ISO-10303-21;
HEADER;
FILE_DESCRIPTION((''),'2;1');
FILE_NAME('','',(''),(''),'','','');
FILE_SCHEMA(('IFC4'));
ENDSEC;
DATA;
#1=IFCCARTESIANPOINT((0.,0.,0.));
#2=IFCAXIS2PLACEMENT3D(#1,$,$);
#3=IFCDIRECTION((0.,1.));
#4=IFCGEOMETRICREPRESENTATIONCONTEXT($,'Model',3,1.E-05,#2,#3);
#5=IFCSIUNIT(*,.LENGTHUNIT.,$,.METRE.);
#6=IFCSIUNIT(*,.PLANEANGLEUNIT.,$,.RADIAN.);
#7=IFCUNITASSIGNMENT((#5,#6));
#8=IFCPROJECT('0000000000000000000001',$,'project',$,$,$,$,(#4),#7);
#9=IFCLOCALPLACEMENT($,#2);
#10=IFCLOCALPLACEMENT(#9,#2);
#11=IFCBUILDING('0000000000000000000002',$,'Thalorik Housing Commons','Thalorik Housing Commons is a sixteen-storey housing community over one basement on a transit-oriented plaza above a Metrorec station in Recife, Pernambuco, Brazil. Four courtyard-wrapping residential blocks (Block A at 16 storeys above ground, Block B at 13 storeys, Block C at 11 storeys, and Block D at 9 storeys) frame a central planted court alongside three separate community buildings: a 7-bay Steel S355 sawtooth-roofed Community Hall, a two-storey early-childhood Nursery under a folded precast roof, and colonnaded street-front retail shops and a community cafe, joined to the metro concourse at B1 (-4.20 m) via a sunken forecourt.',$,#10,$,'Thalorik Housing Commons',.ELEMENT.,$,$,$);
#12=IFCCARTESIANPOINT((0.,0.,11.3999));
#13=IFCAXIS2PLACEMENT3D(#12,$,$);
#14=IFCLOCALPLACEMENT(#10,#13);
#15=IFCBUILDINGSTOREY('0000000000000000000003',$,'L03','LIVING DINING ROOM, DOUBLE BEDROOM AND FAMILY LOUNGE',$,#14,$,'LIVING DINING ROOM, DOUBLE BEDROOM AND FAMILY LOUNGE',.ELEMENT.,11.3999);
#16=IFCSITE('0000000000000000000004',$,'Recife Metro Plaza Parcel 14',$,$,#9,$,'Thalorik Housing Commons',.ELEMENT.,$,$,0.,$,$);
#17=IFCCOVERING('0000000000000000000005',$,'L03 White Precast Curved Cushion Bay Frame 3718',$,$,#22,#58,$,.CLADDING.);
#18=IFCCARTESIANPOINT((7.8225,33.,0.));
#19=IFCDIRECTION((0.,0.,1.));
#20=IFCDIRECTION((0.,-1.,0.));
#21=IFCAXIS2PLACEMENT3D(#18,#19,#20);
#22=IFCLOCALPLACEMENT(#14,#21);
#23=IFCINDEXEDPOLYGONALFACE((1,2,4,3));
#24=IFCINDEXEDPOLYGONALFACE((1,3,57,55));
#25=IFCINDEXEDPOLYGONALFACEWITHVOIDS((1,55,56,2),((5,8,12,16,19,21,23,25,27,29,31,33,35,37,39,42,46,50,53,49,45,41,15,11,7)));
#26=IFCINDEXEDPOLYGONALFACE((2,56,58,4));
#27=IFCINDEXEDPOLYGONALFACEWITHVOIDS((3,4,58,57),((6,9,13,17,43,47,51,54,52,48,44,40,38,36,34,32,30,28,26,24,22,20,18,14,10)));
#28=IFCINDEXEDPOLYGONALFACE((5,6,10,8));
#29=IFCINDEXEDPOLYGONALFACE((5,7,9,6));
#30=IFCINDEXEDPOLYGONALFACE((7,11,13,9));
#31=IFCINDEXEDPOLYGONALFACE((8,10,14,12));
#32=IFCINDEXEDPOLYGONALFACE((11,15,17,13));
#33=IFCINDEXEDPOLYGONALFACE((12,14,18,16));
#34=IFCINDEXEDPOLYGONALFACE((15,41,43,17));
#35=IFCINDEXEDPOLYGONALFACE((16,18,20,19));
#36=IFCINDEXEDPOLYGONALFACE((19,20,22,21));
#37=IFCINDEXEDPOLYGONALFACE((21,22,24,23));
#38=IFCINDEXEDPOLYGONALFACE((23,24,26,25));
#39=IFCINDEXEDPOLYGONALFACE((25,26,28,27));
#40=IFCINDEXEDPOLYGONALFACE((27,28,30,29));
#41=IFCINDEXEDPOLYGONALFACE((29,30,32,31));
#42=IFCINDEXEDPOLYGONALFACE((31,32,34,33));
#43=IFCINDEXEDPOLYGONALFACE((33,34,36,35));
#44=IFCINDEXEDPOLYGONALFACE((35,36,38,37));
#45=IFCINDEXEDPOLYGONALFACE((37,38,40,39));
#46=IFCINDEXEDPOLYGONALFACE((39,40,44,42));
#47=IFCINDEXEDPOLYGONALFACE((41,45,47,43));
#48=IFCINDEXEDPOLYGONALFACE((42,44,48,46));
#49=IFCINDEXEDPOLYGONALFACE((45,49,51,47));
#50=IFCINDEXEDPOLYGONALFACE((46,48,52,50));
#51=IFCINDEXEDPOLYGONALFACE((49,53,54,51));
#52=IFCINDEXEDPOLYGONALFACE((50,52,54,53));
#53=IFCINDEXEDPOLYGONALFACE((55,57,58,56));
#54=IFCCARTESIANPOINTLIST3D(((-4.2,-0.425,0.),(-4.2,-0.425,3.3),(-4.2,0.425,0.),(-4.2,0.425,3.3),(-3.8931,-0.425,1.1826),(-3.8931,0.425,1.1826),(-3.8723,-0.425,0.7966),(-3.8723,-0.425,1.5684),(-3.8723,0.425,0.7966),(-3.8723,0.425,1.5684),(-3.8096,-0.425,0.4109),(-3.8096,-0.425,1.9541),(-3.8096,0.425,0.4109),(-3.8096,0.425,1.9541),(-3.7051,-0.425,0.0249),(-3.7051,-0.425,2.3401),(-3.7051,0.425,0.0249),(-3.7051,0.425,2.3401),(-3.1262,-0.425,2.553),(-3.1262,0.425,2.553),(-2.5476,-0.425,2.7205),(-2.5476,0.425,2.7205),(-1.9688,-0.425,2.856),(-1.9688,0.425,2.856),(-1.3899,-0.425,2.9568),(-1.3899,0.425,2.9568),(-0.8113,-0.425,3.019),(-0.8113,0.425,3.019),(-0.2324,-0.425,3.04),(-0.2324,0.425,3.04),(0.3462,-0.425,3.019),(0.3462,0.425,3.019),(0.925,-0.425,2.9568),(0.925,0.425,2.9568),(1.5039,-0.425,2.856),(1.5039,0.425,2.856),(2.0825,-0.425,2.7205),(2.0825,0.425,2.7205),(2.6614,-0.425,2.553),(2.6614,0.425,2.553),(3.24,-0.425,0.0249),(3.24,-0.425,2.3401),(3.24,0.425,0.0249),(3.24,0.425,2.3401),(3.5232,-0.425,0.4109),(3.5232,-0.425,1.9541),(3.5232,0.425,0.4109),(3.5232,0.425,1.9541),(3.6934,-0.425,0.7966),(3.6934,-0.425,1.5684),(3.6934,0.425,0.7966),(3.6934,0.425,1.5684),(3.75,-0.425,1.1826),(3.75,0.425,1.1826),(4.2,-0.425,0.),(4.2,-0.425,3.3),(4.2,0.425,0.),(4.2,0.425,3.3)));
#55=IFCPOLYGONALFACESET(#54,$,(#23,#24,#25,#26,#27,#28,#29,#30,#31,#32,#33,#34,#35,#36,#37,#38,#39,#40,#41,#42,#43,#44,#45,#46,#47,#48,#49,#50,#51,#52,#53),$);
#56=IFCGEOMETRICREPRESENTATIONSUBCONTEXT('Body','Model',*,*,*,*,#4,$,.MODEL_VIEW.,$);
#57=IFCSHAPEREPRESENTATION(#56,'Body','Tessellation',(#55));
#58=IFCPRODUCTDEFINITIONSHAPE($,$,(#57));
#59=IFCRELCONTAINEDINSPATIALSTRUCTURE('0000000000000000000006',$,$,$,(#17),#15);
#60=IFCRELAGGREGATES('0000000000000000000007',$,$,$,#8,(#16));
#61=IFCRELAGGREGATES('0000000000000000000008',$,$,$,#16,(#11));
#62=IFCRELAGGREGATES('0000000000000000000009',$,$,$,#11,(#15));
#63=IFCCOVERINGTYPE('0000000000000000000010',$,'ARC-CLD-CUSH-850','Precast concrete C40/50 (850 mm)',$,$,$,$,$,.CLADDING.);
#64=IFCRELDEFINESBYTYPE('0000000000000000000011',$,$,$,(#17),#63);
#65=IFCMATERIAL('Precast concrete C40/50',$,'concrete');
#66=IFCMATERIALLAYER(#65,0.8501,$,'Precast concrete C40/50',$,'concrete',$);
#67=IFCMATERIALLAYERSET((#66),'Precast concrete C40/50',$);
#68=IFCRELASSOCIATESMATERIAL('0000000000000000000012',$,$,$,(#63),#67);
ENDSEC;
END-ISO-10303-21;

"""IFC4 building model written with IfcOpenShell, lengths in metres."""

from ifc_helpers import new_model, si_unit, direction, frame, origin, place, context, subcontext, project, spatial, polyline, outline, extrude, material, layer, layer_set, type_object, element, save


model = new_model("IFC4")

# Units and contexts
model_context = context("Model", 3, precision=1e-05, world=origin(), true_north=direction((0.0, 1.0)))
body_context = subcontext(model_context, "Body", "Model", "MODEL_VIEW")
ifc_project = project(units=[si_unit("LENGTHUNIT", "METRE"), si_unit("PLANEANGLEUNIT", "RADIAN")], contexts=[model_context])

# Site, building, storey
site_placement = place(None, origin())
site = spatial("IfcSite", under=ifc_project, at=site_placement, Name="Recife Metro Plaza Parcel 14", LongName="Thalorik Housing Commons", CompositionType="ELEMENT", RefElevation=0.0)
building_placement = place(site_placement, origin())
building = spatial("IfcBuilding", under=site, at=building_placement, Name="Thalorik Housing Commons", Description="Thalorik Housing Commons is a sixteen-storey housing community over one basement on a transit-oriented plaza above a Metrorec station in Recife, Pernambuco, Brazil. Four courtyard-wrapping residential blocks (Block A at 16 storeys above ground, Block B at 13 storeys, Block C at 11 storeys, and Block D at 9 storeys) frame a central planted court alongside three separate community buildings: a 7-bay Steel S355 sawtooth-roofed Community Hall, a two-storey early-childhood Nursery under a folded precast roof, and colonnaded street-front retail shops and a community cafe, joined to the metro concourse at B1 (-4.20 m) via a sunken forecourt.", LongName="Thalorik Housing Commons", CompositionType="ELEMENT")
storey_placement = place(building_placement, frame((0.0, 0.0, 11.3999)))
storey = spatial("IfcBuildingStorey", under=building, at=storey_placement, Name="L03", Description="LIVING DINING ROOM, DOUBLE BEDROOM AND FAMILY LOUNGE", LongName="LIVING DINING ROOM, DOUBLE BEDROOM AND FAMILY LOUNGE", CompositionType="ELEMENT", Elevation=11.3999)

# Shared definitions
ifc_material_1 = material(Name="Precast concrete C40/50", Category="concrete")

# Covering
ifc_layer_1 = layer(ifc_material_1, 0.8501, Name="Precast concrete C40/50", Category="concrete")
ifc_layer_set_1 = layer_set([ifc_layer_1], Name="Precast concrete C40/50")
covering_type_1 = type_object("IfcCoveringType", Name="ARC-CLD-CUSH-850", Description="Precast concrete C40/50 (850 mm)", PredefinedType="CLADDING", material=ifc_layer_set_1)
covering_1_placement = place(storey_placement, frame((7.8225, 33.0, 0.0), z_axis=(0.0, 0.0, 1.0), x_axis=(0.0, -1.0, 0.0)))
element("IfcCovering", 1, at=covering_1_placement, inside=storey, type_object=covering_type_1, Name="L03 White Precast Curved Cushion Bay Frame 3718", PredefinedType="CLADDING", context=body_context, shape_type="SweptSolid", body=[
    extrude(outline(polyline([(-4.2, 0.0), (4.2, 0.0), (4.2, 3.3), (-4.2, 3.3), (-4.2, 0.0)]), holes=[polyline([(3.24, 0.0249), (3.5232, 0.4109), (3.6934, 0.7966), (3.75, 1.1826), (3.6934, 1.5684), (3.5232, 1.9541), (3.24, 2.3401), (2.6614, 2.553), (2.0825, 2.7205), (1.5039, 2.856), (0.925, 2.9568), (0.3462, 3.019), (-0.2324, 3.04), (-0.8113, 3.019), (-1.3899, 2.9568), (-1.9688, 2.856), (-2.5476, 2.7205), (-3.1262, 2.553), (-3.7051, 2.3401), (-3.8096, 1.9541), (-3.8723, 1.5684), (-3.8931, 1.1826), (-3.8723, 0.7966), (-3.8096, 0.4109), (-3.7051, 0.0249), (3.24, 0.0249)])]), frame((0.0, 0.425, 0.0), z_axis=(0.0, -1.0, 0.0), x_axis=(1.0, 0.0, 0.0)), (0.0, 0.0, 1.0), 0.8501),
])

save(model, "model.ifc")
